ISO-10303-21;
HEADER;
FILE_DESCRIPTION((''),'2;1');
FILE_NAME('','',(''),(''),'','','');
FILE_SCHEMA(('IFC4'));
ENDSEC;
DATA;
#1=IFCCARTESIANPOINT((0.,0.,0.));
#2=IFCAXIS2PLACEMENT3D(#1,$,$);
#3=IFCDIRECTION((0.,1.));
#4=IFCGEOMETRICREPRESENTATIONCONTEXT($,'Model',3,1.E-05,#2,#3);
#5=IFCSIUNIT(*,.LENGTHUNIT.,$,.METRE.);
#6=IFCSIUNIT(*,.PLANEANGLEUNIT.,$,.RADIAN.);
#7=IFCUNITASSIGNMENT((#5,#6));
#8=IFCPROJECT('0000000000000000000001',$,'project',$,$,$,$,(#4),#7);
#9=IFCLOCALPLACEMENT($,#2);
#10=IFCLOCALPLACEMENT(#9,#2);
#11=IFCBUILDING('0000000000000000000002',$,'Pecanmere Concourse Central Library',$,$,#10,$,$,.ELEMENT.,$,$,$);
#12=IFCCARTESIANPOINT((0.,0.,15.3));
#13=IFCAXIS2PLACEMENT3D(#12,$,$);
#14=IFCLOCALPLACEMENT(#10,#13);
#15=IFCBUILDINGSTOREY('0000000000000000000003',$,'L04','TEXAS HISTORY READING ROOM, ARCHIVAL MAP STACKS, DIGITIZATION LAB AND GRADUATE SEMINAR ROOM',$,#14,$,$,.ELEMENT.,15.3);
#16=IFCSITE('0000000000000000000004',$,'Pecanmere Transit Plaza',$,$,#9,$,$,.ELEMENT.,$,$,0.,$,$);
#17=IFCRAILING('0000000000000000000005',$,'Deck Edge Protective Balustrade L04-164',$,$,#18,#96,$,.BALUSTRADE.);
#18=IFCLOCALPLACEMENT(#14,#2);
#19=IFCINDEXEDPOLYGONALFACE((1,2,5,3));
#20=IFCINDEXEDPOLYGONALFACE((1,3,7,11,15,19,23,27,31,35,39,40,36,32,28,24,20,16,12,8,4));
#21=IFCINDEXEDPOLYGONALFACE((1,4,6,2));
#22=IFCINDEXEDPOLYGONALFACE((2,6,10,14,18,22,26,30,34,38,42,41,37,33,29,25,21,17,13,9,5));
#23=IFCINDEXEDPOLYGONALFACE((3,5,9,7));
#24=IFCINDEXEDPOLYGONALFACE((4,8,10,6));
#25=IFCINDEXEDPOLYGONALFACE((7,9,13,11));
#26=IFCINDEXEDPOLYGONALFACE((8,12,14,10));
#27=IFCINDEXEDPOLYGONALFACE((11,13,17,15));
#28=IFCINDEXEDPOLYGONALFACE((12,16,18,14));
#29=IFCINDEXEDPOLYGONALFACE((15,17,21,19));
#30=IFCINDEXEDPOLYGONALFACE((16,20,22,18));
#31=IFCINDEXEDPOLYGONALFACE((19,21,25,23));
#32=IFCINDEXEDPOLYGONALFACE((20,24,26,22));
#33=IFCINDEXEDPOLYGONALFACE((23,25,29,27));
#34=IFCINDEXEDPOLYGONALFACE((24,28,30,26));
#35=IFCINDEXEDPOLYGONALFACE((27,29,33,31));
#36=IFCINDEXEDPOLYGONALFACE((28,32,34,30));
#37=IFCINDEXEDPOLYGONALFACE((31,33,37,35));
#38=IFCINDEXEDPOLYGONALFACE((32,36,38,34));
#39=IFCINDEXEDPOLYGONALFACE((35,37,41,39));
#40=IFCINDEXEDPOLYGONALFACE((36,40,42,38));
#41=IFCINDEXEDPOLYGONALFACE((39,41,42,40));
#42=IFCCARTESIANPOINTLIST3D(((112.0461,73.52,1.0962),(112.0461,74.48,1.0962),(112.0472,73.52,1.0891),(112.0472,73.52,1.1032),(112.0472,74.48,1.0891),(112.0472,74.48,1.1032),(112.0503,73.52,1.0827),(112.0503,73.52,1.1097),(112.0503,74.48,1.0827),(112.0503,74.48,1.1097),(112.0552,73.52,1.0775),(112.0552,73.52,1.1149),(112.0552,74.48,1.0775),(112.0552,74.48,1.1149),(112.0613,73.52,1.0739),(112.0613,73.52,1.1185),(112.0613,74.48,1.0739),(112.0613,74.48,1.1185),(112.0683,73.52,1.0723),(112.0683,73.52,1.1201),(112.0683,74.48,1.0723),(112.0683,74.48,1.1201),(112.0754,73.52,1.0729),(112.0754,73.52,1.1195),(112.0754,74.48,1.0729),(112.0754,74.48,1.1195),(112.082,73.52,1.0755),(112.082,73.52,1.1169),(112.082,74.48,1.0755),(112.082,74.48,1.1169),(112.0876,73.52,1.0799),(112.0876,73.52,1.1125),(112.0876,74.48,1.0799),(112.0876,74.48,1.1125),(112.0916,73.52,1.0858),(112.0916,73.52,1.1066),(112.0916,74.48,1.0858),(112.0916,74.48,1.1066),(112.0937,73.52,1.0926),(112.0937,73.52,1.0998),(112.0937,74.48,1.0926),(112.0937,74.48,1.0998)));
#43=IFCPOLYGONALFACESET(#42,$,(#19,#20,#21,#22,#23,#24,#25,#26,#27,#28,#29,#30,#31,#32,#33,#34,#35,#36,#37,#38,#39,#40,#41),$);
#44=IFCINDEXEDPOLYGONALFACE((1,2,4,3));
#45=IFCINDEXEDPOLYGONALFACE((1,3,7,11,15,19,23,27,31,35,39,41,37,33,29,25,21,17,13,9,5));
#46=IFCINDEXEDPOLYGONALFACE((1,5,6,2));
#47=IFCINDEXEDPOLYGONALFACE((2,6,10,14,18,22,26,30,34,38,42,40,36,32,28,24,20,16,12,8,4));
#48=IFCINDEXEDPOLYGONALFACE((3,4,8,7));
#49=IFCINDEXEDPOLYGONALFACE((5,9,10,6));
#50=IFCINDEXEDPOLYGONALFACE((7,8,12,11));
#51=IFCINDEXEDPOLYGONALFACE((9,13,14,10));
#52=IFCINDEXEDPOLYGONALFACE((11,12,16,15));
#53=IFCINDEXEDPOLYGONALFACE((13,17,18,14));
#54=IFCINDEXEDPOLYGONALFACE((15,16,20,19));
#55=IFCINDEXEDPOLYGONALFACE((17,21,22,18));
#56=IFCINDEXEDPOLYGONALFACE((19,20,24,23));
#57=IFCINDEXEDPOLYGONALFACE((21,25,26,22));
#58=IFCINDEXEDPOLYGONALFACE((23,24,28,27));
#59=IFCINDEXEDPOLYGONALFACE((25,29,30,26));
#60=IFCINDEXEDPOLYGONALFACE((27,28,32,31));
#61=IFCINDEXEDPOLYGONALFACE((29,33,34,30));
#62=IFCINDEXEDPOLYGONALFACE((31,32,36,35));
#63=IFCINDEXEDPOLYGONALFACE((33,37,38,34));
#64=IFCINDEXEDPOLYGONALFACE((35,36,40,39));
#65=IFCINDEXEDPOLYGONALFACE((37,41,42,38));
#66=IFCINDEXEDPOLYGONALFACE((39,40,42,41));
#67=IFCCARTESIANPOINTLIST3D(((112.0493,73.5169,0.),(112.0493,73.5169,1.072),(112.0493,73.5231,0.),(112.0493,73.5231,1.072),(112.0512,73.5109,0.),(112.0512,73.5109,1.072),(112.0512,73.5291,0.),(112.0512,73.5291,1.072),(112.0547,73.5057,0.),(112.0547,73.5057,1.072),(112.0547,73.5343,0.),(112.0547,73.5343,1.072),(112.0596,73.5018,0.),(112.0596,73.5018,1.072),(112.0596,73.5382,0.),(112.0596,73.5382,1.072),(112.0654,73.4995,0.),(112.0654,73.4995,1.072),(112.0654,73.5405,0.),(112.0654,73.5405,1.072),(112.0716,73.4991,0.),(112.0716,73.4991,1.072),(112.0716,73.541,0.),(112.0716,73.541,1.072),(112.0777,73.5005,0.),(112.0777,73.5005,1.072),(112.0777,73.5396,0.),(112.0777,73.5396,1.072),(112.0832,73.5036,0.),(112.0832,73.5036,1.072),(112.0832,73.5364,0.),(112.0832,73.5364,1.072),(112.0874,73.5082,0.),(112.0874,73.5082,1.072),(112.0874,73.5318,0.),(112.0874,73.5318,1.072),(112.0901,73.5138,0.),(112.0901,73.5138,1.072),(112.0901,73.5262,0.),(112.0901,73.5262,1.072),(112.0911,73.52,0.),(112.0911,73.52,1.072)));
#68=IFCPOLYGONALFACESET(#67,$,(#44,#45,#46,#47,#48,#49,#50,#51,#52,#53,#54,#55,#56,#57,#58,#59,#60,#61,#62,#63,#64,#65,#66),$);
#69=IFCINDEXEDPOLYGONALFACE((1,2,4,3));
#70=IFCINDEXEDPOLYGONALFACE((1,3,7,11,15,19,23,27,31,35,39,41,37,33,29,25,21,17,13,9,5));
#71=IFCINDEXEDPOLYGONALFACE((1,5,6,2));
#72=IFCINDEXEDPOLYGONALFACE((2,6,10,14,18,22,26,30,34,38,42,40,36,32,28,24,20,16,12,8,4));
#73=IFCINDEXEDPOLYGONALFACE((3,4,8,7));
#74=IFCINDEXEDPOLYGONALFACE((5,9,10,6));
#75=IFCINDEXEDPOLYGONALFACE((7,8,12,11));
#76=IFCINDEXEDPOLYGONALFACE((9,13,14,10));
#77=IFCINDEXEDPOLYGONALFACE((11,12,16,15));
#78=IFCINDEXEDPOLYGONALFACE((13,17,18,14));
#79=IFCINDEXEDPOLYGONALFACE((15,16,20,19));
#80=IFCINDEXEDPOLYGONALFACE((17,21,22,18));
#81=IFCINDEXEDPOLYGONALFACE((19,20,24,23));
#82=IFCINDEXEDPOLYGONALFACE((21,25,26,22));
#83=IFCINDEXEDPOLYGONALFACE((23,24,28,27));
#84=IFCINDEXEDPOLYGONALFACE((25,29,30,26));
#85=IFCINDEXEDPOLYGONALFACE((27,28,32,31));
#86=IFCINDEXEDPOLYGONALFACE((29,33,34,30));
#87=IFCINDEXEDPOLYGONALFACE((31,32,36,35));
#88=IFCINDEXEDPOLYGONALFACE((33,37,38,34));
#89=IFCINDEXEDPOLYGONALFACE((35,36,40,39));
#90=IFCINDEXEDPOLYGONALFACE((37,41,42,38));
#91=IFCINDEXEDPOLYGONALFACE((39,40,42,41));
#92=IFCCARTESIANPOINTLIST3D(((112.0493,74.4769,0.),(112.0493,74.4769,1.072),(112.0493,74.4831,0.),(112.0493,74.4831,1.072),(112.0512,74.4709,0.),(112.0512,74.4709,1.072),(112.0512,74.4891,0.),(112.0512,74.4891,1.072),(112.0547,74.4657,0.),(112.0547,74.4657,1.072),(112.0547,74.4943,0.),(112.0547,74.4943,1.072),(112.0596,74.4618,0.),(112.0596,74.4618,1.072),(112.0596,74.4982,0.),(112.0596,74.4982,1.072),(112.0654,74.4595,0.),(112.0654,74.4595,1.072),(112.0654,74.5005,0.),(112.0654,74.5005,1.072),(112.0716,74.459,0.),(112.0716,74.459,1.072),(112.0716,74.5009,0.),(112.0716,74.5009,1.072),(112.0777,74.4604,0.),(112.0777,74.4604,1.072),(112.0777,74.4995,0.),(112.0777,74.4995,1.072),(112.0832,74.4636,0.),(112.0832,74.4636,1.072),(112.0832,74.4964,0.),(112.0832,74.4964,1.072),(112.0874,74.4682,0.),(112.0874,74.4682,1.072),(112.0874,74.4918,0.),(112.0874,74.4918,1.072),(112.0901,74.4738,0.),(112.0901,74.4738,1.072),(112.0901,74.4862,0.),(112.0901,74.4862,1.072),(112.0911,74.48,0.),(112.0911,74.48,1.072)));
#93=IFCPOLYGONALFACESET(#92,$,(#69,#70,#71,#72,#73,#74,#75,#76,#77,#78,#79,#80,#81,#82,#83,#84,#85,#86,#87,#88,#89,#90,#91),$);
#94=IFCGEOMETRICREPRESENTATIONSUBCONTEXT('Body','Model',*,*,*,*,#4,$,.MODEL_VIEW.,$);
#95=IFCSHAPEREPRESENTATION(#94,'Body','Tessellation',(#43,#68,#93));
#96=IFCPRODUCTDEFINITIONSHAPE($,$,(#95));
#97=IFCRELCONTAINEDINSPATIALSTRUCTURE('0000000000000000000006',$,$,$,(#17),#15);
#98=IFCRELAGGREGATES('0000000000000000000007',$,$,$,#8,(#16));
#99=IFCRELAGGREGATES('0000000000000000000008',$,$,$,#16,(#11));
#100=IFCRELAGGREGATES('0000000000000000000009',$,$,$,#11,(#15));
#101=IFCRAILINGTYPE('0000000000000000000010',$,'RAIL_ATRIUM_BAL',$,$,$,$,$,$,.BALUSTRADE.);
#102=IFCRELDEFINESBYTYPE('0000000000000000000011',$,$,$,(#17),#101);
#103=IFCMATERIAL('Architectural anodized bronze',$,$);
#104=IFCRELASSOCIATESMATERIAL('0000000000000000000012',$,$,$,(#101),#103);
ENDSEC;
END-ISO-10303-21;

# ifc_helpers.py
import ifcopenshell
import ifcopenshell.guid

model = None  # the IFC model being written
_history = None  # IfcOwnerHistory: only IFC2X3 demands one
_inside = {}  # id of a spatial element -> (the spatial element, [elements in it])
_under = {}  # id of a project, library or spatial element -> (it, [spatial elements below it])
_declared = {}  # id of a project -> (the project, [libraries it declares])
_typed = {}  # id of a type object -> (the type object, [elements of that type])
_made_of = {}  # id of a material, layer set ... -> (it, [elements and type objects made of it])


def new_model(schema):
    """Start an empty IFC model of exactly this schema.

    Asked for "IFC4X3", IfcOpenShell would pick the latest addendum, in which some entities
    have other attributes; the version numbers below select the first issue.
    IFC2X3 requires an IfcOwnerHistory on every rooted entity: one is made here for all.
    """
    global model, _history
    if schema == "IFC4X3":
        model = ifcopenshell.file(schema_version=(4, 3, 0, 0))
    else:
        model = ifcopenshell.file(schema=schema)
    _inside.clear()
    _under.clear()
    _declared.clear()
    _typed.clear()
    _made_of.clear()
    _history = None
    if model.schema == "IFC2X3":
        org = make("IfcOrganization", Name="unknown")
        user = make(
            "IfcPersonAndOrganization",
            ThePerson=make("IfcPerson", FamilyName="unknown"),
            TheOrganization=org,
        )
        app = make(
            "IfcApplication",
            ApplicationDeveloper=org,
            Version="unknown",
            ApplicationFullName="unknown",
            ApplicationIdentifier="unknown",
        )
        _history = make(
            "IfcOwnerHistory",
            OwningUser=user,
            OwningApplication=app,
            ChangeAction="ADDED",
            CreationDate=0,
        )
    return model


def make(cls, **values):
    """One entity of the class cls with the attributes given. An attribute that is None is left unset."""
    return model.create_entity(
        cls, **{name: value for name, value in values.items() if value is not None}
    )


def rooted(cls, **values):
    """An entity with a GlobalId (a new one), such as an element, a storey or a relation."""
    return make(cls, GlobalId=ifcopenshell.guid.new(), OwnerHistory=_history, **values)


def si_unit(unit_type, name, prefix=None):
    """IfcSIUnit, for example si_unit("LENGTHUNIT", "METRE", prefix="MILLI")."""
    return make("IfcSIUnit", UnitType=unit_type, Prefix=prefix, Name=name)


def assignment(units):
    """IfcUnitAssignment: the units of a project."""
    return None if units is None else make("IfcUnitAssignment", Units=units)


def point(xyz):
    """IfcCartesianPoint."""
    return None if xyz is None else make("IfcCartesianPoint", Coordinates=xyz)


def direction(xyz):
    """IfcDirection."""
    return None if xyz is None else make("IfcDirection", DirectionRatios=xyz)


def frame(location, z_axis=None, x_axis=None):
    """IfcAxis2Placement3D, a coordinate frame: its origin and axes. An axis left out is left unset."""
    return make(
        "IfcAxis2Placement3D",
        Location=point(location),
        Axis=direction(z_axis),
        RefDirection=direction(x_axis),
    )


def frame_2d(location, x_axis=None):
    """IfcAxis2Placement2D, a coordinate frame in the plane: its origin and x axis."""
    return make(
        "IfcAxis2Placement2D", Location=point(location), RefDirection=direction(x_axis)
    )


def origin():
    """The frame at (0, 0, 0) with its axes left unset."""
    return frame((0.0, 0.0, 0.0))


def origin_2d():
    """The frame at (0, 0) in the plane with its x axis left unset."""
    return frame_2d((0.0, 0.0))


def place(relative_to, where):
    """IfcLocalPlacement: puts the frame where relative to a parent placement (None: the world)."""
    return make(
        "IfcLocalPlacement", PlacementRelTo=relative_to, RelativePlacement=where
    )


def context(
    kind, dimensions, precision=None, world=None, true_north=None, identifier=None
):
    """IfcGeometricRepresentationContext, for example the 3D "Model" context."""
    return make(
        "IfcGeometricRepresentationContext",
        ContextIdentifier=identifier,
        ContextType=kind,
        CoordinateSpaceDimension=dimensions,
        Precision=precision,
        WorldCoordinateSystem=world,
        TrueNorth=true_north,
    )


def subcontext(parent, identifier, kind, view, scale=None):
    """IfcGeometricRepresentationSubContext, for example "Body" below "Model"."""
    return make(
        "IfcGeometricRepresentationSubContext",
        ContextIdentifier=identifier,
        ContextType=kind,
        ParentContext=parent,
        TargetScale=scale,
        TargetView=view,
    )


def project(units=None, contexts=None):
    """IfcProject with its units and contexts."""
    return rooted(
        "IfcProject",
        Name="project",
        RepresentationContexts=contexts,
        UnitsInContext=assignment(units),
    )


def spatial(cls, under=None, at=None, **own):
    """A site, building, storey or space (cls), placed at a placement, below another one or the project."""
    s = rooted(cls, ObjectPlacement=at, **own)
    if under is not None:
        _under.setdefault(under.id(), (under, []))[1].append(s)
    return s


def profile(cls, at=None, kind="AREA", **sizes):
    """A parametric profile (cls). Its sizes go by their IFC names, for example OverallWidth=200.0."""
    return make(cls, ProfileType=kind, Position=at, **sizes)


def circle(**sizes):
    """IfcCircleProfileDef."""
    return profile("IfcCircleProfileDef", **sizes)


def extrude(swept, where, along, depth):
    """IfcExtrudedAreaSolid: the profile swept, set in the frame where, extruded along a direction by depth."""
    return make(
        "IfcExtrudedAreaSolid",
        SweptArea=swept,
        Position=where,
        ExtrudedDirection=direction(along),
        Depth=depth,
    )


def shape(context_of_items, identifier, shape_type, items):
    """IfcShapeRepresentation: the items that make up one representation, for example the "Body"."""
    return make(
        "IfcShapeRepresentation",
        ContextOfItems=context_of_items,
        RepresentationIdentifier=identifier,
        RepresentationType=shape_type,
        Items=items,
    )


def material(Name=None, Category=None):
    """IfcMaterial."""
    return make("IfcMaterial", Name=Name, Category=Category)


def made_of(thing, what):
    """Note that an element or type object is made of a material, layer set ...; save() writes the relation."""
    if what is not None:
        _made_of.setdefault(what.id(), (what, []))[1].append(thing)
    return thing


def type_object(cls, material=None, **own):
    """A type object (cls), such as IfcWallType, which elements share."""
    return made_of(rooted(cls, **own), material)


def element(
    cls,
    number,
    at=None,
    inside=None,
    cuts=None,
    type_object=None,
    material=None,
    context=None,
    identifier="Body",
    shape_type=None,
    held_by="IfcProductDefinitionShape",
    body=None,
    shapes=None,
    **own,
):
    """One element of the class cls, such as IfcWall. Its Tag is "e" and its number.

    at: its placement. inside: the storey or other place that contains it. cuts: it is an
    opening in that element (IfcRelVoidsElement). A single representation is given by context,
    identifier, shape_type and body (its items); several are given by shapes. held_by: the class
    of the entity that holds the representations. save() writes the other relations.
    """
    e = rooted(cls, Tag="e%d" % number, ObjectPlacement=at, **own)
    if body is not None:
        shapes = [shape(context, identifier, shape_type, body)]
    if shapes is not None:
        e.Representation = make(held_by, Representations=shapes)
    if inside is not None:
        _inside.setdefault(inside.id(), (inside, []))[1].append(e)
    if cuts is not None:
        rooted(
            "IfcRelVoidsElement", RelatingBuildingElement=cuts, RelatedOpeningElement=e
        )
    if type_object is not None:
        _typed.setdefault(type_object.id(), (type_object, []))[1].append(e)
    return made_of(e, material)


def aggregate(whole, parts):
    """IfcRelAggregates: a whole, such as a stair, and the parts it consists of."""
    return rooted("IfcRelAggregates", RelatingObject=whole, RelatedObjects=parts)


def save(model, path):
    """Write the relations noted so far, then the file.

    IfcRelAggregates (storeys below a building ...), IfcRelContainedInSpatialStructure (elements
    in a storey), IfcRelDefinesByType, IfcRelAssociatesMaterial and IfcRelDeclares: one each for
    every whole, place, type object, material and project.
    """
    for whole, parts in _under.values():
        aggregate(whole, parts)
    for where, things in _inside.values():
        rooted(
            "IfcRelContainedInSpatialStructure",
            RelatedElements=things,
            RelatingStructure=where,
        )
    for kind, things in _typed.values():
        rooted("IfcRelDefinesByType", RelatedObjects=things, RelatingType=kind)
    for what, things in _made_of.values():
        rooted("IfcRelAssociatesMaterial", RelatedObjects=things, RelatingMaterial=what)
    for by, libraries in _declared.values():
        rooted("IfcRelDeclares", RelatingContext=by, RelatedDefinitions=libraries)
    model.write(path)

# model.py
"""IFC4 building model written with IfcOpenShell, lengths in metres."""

from ifc_helpers import new_model, si_unit, direction, frame, origin, origin_2d, place, context, subcontext, project, spatial, circle, extrude, material, type_object, element, save


model = new_model("IFC4")

# Units and contexts
model_context = context("Model", 3, precision=1e-05, world=origin(), true_north=direction((0.0, 1.0)))
body_context = subcontext(model_context, "Body", "Model", "MODEL_VIEW")
ifc_project = project(units=[si_unit("LENGTHUNIT", "METRE"), si_unit("PLANEANGLEUNIT", "RADIAN")], contexts=[model_context])

# Site, building, storey
site_placement = place(None, origin())
site = spatial("IfcSite", under=ifc_project, at=site_placement, Name="Pecanmere Transit Plaza", CompositionType="ELEMENT", RefElevation=0.0)
building_placement = place(site_placement, origin())
building = spatial("IfcBuilding", under=site, at=building_placement, Name="Pecanmere Concourse Central Library", CompositionType="ELEMENT")
storey_placement = place(building_placement, frame((0.0, 0.0, 15.3)))
storey = spatial("IfcBuildingStorey", under=building, at=storey_placement, Name="L04", Description="TEXAS HISTORY READING ROOM, ARCHIVAL MAP STACKS, DIGITIZATION LAB AND GRADUATE SEMINAR ROOM", CompositionType="ELEMENT", Elevation=15.3)

# Railing
ifc_material_1 = material(Name="Architectural anodized bronze")
railing_type = type_object("IfcRailingType", Name="RAIL_ATRIUM_BAL", PredefinedType="BALUSTRADE", material=ifc_material_1)
for number, where, name in (
    (1, (112.0701, 73.52, 0.0), "Deck Edge Protective Balustrade L04-164"),
):
    element("IfcRailing", number, at=place(storey_placement, frame(where)), inside=storey, type_object=railing_type, Name=name, PredefinedType="BALUSTRADE", context=body_context, shape_type="SweptSolid", body=[
        extrude(circle(Radius=0.0239, at=origin_2d()), frame((0.0, 0.0, 1.0962), z_axis=(0.0, 1.0, 0.0), x_axis=(-1.0, 0.0, 0.0)), (0.0, 0.0, 1.0), 0.96),
        extrude(circle(Radius=0.021, at=origin_2d()), origin(), (0.0, 0.0, 1.0), 1.072),
        extrude(circle(Radius=0.021, at=origin_2d()), frame((0.0, 0.96, 0.0)), (0.0, 0.0, 1.0), 1.072),
    ])

save(model, "model.ifc")
